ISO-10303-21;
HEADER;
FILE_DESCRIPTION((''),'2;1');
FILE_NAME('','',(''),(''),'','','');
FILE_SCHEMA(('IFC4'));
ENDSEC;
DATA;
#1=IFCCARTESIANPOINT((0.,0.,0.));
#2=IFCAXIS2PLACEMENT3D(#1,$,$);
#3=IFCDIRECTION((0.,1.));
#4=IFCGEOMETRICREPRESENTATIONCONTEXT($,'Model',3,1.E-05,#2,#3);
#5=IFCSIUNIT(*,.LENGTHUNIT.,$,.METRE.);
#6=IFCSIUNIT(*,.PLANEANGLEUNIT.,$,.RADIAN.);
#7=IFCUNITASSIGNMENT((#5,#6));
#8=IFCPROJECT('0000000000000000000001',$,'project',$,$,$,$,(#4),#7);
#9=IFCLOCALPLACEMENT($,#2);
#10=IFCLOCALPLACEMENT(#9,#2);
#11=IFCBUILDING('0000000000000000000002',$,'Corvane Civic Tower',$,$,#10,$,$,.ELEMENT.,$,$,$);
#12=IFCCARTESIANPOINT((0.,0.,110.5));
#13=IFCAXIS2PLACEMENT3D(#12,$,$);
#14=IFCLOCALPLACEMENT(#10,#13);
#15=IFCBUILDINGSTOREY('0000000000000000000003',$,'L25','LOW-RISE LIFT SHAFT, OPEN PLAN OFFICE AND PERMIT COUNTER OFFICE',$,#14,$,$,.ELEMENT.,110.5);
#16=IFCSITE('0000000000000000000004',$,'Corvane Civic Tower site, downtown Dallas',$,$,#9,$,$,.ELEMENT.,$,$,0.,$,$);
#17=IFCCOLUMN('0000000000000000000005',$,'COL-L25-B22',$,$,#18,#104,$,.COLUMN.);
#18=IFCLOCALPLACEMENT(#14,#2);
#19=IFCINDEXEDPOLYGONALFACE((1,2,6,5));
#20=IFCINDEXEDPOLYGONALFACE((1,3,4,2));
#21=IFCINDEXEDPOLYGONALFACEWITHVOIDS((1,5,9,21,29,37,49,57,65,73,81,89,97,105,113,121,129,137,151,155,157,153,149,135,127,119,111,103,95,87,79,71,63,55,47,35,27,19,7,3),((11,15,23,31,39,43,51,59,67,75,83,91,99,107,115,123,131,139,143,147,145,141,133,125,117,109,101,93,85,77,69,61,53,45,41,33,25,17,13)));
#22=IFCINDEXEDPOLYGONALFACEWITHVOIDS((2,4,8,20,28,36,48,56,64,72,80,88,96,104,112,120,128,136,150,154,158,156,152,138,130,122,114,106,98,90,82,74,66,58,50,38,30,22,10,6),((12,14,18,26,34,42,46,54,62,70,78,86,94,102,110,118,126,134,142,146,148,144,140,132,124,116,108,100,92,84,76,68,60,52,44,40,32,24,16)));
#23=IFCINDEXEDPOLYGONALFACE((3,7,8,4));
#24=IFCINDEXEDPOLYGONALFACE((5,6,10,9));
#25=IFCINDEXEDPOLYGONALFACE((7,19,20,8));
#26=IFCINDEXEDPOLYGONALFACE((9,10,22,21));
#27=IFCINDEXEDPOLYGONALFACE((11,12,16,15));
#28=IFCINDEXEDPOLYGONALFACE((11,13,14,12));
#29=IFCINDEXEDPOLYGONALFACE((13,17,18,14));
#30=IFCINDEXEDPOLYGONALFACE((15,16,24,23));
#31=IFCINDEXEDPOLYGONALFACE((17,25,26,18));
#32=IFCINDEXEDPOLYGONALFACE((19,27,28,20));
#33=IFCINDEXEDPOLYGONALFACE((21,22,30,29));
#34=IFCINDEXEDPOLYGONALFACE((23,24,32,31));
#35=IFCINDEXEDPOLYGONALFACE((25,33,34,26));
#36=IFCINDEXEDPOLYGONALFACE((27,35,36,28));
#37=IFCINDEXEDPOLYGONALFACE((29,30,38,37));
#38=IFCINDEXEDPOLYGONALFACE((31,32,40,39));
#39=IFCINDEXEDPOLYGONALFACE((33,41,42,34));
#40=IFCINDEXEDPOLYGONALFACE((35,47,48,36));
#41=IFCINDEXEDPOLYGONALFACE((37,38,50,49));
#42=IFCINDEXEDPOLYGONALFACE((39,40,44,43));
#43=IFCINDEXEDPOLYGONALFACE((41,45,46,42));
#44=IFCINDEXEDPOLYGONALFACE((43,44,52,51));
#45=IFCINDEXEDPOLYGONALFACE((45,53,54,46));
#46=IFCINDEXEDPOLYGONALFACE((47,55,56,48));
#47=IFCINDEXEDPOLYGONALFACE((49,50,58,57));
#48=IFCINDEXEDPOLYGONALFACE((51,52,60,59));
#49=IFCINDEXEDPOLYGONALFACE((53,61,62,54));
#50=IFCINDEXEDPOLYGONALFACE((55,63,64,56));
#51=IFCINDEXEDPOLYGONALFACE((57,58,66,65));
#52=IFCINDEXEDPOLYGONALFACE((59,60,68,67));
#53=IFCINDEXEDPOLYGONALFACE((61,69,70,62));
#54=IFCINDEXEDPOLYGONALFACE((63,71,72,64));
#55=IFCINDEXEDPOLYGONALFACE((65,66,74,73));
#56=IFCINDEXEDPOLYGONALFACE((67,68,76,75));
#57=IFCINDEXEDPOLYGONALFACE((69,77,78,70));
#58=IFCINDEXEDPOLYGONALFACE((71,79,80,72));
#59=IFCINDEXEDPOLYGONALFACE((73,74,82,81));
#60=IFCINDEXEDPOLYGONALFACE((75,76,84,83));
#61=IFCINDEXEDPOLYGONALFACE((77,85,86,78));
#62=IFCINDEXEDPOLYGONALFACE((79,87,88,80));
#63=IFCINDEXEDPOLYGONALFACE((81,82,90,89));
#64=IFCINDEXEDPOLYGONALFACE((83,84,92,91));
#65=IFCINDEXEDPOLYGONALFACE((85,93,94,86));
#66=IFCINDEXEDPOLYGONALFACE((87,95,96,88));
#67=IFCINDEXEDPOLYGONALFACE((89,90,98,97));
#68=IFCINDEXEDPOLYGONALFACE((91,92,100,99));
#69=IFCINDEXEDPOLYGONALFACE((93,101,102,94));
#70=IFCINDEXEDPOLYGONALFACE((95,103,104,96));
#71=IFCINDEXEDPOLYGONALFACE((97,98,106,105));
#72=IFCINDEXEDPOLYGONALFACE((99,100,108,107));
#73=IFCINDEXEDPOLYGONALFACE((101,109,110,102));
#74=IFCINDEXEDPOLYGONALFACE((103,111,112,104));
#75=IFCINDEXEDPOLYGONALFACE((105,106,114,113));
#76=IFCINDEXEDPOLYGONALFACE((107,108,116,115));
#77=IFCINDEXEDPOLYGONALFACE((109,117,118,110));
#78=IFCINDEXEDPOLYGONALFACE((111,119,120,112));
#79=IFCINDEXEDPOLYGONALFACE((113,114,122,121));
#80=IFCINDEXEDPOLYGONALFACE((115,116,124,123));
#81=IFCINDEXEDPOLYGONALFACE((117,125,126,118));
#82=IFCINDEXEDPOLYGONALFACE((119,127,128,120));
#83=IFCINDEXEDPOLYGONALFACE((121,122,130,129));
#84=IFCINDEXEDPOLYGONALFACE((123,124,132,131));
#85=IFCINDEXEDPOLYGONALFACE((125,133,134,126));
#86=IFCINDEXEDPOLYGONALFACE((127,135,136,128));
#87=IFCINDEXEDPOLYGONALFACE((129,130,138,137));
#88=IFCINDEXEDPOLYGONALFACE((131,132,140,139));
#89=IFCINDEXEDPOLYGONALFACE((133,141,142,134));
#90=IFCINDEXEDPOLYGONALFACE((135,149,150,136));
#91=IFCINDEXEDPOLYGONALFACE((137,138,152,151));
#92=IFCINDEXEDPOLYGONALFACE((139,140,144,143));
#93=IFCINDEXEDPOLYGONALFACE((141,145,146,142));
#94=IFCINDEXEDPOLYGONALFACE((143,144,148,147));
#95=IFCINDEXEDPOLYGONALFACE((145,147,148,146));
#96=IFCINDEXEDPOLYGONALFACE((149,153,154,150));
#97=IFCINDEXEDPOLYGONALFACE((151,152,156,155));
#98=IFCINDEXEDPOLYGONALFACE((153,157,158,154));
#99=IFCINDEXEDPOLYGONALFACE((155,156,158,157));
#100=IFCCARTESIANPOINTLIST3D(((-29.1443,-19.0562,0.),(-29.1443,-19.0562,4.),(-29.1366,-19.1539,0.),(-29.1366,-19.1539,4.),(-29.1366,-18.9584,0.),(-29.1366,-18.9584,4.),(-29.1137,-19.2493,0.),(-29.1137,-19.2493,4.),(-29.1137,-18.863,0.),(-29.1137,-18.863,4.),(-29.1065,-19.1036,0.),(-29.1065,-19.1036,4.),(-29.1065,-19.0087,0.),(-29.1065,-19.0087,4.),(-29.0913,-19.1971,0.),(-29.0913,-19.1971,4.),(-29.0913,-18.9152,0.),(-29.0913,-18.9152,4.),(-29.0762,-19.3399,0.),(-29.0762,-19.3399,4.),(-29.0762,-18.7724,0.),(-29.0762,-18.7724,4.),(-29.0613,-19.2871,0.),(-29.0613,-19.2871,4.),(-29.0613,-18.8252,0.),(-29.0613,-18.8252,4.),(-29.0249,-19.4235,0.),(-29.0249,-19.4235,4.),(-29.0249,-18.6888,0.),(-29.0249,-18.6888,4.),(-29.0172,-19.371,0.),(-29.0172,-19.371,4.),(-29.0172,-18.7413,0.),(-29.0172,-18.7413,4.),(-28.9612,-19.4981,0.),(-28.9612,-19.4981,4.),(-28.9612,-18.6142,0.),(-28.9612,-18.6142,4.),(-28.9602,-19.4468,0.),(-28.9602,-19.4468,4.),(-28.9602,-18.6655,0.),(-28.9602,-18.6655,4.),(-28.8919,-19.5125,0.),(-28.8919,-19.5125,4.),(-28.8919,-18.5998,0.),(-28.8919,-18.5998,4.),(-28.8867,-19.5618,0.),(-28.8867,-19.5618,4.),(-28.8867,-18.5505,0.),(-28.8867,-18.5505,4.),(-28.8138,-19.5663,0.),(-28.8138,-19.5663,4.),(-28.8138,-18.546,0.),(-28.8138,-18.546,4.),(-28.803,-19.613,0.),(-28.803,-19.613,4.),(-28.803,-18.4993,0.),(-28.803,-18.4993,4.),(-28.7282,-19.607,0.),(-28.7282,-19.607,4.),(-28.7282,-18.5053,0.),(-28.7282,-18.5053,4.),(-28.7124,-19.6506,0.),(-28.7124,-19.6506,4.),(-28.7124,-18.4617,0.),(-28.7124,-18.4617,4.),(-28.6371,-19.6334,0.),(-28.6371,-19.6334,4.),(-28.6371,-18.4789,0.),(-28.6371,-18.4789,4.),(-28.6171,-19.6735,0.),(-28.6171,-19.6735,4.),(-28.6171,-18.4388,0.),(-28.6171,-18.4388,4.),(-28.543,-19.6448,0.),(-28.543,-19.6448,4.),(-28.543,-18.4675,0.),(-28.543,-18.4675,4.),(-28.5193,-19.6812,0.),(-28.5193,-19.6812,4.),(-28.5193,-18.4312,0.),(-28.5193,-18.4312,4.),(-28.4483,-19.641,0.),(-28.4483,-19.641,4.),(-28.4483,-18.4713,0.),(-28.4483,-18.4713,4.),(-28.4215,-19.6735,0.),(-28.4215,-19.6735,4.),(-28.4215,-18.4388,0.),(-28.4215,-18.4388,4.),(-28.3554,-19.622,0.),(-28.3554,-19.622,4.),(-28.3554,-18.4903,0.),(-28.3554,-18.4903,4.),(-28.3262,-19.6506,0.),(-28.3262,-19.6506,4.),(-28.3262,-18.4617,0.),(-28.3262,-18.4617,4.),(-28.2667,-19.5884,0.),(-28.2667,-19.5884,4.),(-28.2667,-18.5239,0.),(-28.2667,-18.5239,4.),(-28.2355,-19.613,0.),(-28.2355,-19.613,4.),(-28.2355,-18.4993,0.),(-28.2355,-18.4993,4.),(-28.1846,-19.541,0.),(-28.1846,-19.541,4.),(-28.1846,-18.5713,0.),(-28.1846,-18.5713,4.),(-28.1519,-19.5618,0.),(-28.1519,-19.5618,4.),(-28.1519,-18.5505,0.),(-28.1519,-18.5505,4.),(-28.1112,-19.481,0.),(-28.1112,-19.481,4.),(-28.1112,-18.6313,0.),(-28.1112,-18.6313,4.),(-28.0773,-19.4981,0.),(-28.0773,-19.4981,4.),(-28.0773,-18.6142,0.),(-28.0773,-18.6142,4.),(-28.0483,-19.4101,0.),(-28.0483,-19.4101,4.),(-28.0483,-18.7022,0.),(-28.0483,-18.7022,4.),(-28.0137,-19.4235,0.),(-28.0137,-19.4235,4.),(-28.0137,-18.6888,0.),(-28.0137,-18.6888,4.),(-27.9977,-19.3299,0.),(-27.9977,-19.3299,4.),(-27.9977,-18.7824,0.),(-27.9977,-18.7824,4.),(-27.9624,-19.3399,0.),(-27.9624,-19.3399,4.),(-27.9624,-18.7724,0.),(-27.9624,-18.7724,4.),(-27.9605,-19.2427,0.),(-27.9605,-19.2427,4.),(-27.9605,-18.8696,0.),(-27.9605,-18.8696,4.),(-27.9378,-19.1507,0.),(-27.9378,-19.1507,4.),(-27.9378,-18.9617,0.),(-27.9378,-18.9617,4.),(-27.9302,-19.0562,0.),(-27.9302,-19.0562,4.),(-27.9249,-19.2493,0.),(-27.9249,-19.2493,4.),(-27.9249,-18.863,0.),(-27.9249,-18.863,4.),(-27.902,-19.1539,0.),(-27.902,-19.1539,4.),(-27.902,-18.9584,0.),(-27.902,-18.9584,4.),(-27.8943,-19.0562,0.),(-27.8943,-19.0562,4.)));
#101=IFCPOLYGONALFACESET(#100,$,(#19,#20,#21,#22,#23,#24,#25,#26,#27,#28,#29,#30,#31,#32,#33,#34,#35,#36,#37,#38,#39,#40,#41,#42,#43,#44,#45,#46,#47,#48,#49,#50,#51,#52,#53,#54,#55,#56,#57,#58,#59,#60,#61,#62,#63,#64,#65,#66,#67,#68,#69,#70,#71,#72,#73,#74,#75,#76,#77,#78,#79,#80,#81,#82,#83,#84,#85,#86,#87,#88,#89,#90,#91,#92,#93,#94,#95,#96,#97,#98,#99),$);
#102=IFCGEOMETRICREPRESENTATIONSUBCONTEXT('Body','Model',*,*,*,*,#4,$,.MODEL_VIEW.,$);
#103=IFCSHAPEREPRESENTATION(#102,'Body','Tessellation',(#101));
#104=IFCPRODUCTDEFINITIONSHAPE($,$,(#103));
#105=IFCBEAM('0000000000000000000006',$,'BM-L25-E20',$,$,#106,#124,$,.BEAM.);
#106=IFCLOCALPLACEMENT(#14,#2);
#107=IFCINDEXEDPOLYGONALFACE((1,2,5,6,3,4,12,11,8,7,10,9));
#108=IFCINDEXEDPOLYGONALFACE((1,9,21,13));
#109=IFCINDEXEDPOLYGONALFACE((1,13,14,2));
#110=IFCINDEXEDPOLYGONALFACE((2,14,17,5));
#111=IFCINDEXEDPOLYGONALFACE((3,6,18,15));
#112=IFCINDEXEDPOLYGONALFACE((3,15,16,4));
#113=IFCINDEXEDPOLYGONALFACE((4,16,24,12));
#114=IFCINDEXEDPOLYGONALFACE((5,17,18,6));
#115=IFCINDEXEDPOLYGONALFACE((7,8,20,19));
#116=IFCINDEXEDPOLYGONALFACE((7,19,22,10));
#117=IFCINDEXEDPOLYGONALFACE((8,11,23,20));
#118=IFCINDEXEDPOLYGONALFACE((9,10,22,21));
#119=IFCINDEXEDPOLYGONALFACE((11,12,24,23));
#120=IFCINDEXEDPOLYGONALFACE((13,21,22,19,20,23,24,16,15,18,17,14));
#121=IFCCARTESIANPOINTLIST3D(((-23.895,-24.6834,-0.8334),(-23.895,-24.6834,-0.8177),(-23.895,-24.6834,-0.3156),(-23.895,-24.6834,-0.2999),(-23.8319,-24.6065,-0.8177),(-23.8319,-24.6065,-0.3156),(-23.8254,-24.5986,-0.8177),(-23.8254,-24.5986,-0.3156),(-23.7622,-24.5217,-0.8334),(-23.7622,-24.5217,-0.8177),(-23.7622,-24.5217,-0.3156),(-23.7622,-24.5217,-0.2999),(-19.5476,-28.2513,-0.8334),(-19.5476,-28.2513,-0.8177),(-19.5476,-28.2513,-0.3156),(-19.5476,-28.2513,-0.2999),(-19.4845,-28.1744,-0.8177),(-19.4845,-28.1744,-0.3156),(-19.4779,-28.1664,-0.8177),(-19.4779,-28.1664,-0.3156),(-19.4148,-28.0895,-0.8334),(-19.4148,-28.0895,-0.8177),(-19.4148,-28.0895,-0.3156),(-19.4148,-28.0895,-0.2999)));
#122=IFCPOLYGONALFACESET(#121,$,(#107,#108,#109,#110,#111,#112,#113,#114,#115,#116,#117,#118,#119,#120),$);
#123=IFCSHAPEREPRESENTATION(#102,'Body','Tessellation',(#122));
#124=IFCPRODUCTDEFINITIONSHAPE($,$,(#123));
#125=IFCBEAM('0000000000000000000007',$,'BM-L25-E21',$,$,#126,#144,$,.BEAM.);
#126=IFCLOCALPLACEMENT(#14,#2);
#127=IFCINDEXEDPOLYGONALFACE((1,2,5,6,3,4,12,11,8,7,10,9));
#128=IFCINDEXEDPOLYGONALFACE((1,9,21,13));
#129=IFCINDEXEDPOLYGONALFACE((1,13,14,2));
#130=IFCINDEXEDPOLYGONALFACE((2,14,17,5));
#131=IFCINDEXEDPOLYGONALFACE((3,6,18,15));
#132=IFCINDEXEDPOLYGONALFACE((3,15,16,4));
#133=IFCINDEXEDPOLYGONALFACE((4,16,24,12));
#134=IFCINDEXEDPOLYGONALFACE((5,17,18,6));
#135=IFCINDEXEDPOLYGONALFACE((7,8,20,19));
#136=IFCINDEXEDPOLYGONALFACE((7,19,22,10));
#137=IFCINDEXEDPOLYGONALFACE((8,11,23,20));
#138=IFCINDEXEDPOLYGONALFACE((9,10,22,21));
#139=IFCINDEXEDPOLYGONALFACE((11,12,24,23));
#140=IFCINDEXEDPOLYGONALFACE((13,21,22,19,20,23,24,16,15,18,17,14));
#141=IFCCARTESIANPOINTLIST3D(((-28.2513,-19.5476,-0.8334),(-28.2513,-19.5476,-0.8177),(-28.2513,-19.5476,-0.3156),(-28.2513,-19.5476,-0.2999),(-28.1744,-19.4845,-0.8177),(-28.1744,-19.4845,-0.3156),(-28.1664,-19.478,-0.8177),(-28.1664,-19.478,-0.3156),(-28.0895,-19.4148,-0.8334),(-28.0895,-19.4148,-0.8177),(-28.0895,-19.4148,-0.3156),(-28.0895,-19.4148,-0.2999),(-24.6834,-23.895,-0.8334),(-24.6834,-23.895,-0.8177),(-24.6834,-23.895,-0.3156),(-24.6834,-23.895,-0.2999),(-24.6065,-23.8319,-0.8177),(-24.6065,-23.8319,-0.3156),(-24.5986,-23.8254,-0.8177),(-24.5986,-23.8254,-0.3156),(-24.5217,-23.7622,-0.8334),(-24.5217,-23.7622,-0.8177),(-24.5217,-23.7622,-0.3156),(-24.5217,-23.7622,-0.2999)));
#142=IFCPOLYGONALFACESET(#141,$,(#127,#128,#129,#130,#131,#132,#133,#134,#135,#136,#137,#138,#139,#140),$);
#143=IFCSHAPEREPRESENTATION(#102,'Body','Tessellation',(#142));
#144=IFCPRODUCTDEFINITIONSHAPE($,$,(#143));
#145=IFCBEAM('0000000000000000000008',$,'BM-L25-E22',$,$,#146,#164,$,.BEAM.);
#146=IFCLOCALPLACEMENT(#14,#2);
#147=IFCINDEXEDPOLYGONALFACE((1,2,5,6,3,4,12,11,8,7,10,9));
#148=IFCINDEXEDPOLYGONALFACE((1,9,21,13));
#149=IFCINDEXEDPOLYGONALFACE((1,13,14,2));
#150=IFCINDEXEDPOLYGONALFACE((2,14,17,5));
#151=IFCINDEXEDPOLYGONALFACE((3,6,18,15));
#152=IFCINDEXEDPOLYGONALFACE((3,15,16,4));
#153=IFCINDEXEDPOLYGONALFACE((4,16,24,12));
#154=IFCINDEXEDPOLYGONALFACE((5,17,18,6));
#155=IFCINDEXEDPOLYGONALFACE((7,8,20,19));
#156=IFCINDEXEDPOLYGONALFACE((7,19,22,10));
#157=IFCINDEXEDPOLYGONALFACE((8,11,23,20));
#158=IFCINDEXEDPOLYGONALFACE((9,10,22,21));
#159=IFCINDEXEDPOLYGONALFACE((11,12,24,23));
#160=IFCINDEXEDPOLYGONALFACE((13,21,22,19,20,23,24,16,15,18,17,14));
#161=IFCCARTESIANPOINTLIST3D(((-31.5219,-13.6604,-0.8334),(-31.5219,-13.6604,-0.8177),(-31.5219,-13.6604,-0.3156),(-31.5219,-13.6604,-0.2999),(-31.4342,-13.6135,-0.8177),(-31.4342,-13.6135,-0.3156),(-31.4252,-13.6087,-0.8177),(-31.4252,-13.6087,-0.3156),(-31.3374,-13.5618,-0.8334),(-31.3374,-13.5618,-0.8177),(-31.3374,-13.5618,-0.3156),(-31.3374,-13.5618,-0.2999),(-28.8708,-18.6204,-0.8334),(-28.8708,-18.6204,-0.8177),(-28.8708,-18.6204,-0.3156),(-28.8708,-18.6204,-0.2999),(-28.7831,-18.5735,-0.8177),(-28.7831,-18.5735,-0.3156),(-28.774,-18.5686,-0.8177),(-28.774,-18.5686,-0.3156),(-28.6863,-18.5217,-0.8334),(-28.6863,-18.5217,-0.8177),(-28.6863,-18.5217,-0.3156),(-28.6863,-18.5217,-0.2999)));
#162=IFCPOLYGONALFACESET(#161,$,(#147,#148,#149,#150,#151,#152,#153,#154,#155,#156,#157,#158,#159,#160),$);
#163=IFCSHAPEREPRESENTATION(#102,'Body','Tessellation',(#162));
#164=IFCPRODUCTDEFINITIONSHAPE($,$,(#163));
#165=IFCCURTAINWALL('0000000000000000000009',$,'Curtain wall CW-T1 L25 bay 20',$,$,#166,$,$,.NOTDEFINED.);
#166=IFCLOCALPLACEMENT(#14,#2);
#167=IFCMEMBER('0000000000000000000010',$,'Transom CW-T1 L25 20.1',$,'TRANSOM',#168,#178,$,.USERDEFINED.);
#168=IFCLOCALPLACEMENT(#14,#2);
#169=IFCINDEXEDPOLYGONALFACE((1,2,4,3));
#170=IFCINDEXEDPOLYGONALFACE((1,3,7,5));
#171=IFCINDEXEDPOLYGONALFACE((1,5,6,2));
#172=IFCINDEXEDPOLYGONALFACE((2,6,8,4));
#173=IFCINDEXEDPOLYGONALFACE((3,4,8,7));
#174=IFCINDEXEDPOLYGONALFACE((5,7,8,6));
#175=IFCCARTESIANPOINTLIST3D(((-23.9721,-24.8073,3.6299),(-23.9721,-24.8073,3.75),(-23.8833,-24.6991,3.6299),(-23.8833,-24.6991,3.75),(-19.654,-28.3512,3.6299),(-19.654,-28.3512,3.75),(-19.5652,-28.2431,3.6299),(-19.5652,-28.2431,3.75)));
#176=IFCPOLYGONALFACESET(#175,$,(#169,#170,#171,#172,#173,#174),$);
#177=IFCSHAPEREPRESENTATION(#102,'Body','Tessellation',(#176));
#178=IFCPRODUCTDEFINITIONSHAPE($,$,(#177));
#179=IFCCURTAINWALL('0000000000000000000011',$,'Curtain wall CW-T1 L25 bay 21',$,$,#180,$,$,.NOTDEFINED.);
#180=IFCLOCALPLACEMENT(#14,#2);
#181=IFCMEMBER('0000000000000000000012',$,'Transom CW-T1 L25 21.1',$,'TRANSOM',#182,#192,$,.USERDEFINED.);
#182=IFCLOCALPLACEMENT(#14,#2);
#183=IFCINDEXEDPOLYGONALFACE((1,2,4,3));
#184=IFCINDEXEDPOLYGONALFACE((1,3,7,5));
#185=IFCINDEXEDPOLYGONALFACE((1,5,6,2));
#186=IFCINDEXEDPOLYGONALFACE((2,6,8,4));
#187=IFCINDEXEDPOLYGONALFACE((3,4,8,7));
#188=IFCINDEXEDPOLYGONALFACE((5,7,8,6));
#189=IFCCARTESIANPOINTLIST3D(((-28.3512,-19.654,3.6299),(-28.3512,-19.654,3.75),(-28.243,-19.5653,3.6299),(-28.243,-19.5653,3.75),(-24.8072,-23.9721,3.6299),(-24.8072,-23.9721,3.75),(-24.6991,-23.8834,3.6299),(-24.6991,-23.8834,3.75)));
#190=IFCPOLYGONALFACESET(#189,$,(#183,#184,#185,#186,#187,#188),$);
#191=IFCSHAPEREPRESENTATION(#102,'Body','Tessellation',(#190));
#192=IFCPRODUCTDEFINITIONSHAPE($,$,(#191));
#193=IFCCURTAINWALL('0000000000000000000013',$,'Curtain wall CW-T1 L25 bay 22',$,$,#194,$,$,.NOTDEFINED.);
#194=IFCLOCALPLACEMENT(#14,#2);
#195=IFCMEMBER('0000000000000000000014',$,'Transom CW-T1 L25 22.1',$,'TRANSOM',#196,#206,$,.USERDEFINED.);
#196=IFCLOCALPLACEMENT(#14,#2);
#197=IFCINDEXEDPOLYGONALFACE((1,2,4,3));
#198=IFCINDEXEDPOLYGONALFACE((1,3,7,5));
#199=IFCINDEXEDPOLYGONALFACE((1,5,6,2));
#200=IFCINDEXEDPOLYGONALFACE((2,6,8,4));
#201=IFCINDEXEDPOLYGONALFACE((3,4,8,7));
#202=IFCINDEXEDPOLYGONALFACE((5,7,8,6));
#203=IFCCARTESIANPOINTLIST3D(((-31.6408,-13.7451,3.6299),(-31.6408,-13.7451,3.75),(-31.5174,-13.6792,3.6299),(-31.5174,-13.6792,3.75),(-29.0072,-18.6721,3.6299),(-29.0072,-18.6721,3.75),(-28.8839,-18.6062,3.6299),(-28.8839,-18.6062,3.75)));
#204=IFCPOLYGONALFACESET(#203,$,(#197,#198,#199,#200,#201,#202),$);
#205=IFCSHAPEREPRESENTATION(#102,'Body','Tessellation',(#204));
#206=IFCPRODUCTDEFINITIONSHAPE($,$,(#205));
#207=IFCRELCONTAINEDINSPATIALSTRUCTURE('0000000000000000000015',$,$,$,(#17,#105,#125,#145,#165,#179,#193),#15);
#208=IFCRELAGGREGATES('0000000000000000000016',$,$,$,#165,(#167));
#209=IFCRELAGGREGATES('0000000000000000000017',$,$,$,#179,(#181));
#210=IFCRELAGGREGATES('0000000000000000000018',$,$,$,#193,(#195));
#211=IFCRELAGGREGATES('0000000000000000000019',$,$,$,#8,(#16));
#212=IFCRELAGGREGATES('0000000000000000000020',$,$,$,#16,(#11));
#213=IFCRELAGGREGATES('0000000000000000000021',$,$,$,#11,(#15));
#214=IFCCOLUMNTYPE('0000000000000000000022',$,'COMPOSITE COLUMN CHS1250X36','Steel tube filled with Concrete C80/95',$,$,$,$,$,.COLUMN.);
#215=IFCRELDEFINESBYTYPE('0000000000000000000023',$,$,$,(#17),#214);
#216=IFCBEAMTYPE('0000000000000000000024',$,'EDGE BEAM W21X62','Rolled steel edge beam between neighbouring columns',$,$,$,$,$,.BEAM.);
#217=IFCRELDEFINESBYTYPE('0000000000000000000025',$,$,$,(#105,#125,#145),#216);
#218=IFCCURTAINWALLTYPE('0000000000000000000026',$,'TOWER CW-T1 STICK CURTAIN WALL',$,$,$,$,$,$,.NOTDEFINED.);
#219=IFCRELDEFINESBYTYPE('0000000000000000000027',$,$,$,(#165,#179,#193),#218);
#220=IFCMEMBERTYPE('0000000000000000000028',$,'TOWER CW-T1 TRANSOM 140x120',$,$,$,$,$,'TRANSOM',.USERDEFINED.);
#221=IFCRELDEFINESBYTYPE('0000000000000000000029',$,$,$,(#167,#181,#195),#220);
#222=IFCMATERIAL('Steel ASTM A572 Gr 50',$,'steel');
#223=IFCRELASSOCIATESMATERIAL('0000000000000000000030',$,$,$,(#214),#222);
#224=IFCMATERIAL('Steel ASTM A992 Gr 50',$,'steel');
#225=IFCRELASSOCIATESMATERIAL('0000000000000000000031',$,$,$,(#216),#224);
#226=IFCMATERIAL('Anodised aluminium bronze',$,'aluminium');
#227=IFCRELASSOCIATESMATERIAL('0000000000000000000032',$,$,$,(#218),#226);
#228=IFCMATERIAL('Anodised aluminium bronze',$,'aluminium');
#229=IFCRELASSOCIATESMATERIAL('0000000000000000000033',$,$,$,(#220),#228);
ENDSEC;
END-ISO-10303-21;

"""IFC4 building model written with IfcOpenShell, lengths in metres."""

from ifc_helpers import new_model, si_unit, direction, frame, origin, origin_2d, place, context, subcontext, project, spatial, rectangle, hollow_circle, i_section, extrude, material, material_profile, profile_set, type_object, element, aggregate, save


model = new_model("IFC4")

# Units and contexts
model_context = context("Model", 3, precision=1e-05, world=origin(), true_north=direction((0.0, 1.0)))
body_context = subcontext(model_context, "Body", "Model", "MODEL_VIEW")
ifc_project = project(units=[si_unit("LENGTHUNIT", "METRE"), si_unit("PLANEANGLEUNIT", "RADIAN")], contexts=[model_context])

# Site, building, storey
site_placement = place(None, origin())
site = spatial("IfcSite", under=ifc_project, at=site_placement, Name="Corvane Civic Tower site, downtown Dallas", CompositionType="ELEMENT", RefElevation=0.0)
building_placement = place(site_placement, origin())
building = spatial("IfcBuilding", under=site, at=building_placement, Name="Corvane Civic Tower", CompositionType="ELEMENT")
storey_placement = place(building_placement, frame((0.0, 0.0, 110.5)))
storey = spatial("IfcBuildingStorey", under=building, at=storey_placement, Name="L25", Description="LOW-RISE LIFT SHAFT, OPEN PLAN OFFICE AND PERMIT COUNTER OFFICE", CompositionType="ELEMENT", Elevation=110.5)

# Column
ifc_material_1 = material(Name="Steel ASTM A572 Gr 50", Category="steel")
ifc_material_profile_1 = material_profile(ifc_material_1, hollow_circle(Radius=0.625, WallThickness=0.0359, at=origin_2d()), Name="CHS1250X36")
ifc_profile_set_1 = profile_set([ifc_material_profile_1], Name="Steel ASTM A572 Gr 50")
column_type = type_object("IfcColumnType", Name="COMPOSITE COLUMN CHS1250X36", Description="Steel tube filled with Concrete C80/95", PredefinedType="COLUMN", material=ifc_profile_set_1)
for number, where, z_axis, x_axis, name in (
    (1, (-28.5193, -19.0562, 0.0), (0.0, 0.0, 1.0), (1.0, 0.0, 0.0), "COL-L25-B22"),
):
    element("IfcColumn", number, at=place(storey_placement, frame(where, z_axis=z_axis, x_axis=x_axis)), inside=storey, type_object=column_type, Name=name, PredefinedType="COLUMN", context=body_context, shape_type="SweptSolid", body=[
        extrude(hollow_circle(Radius=0.625, WallThickness=0.0359, at=origin_2d()), origin(), (0.0, 0.0, 1.0), 4.0),
    ])

# Beams
ifc_material_2 = material(Name="Steel ASTM A992 Gr 50", Category="steel")
ifc_material_profile_2 = material_profile(ifc_material_2, i_section(OverallWidth=0.2092, OverallDepth=0.5334, WebThickness=0.0103, FlangeThickness=0.0156, at=origin_2d()), Name="W21X62")
ifc_profile_set_2 = profile_set([ifc_material_profile_2], Name="Steel ASTM A992 Gr 50")
beam_type = type_object("IfcBeamType", Name="EDGE BEAM W21X62", Description="Rolled steel edge beam between neighbouring columns", PredefinedType="BEAM", material=ifc_profile_set_2)
for number, where, z_axis, x_axis, name in (
    (2, (-19.4812, -28.1704, -0.5667), (-0.773007, 0.634398, 0.0), (-0.634398, -0.773007, 0.0), "BM-L25-E20"),
    (3, (-24.6025, -23.8286, -0.5667), (-0.634398, 0.773007, 0.0), (-0.773007, -0.634398, 0.0), "BM-L25-E21"),
    (4, (-28.7786, -18.571, -0.5667), (-0.471392, 0.881924, 0.0), (-0.881924, -0.471392, 0.0), "BM-L25-E22"),
):
    element("IfcBeam", number, at=place(storey_placement, frame(where, z_axis=z_axis, x_axis=x_axis)), inside=storey, type_object=beam_type, Name=name, PredefinedType="BEAM", context=body_context, shape_type="SweptSolid", body=[
        extrude(i_section(OverallWidth=0.2092, OverallDepth=0.5334, WebThickness=0.0103, FlangeThickness=0.0156, at=origin_2d()), origin(), (0.0, 0.0, 1.0), 5.624),
    ])

# Curtain walls, members
ifc_material_3 = material(Name="Anodised aluminium bronze", Category="aluminium")
curtain_wall_type = type_object("IfcCurtainWallType", Name="TOWER CW-T1 STICK CURTAIN WALL", PredefinedType="NOTDEFINED", material=ifc_material_3)
curtain_wall_1_placement = place(storey_placement, origin())
curtain_wall_1 = element("IfcCurtainWall", 5, at=curtain_wall_1_placement, inside=storey, type_object=curtain_wall_type, Name="Curtain wall CW-T1 L25 bay 20", PredefinedType="NOTDEFINED")
ifc_material_4 = material(Name="Anodised aluminium bronze", Category="aluminium")
ifc_material_profile_3 = material_profile(ifc_material_4, rectangle(XDim=0.1399, YDim=0.1201, at=origin_2d()), Name="TOWER CW-T1 TRANSOM 140x120")
ifc_profile_set_3 = profile_set([ifc_material_profile_3], Name="Anodised aluminium bronze")
member_type = type_object("IfcMemberType", Name="TOWER CW-T1 TRANSOM 140x120", ElementType="TRANSOM", PredefinedType="USERDEFINED", material=ifc_profile_set_3)
member_1_placement = place(storey_placement, frame((-19.6096, -28.2971, 3.6899), z_axis=(-0.772996, 0.63441, 0.0), x_axis=(-0.63441, -0.772996, 0.0)))
member_1 = element("IfcMember", 6, at=member_1_placement, type_object=member_type, Name="Transom CW-T1 L25 20.1", ObjectType="TRANSOM", PredefinedType="USERDEFINED", context=body_context, shape_type="SweptSolid", body=[
    extrude(rectangle(XDim=0.1399, YDim=0.1201, at=origin_2d()), origin(), (0.0, 0.0, 1.0), 5.5862),
])
curtain_wall_2_placement = place(storey_placement, origin())
curtain_wall_2 = element("IfcCurtainWall", 7, at=curtain_wall_2_placement, inside=storey, type_object=curtain_wall_type, Name="Curtain wall CW-T1 L25 bay 21", PredefinedType="NOTDEFINED")
member_2_placement = place(storey_placement, frame((-24.7532, -23.9277, 3.6899), z_axis=(-0.63441, 0.772996, 0.0), x_axis=(-0.772996, -0.63441, 0.0)))
member_2 = element("IfcMember", 8, at=member_2_placement, type_object=member_type, Name="Transom CW-T1 L25 21.1", ObjectType="TRANSOM", PredefinedType="USERDEFINED", context=body_context, shape_type="SweptSolid", body=[
    extrude(rectangle(XDim=0.1399, YDim=0.1201, at=origin_2d()), origin(), (0.0, 0.0, 1.0), 5.5862),
])
curtain_wall_3_placement = place(storey_placement, origin())
curtain_wall_3 = element("IfcCurtainWall", 9, at=curtain_wall_3_placement, inside=storey, type_object=curtain_wall_type, Name="Curtain wall CW-T1 L25 bay 22", PredefinedType="NOTDEFINED")
member_3_placement = place(storey_placement, frame((-28.9456, -18.6392, 3.6899), z_axis=(-0.471398, 0.881921, 0.0), x_axis=(-0.881921, -0.471398, 0.0)))
member_3 = element("IfcMember", 10, at=member_3_placement, type_object=member_type, Name="Transom CW-T1 L25 22.1", ObjectType="TRANSOM", PredefinedType="USERDEFINED", context=body_context, shape_type="SweptSolid", body=[
    extrude(rectangle(XDim=0.1399, YDim=0.1201, at=origin_2d()), origin(), (0.0, 0.0, 1.0), 5.5867),
])

aggregate(curtain_wall_1, [member_1])
aggregate(curtain_wall_2, [member_2])
aggregate(curtain_wall_3, [member_3])

save(model, "model.ifc")
